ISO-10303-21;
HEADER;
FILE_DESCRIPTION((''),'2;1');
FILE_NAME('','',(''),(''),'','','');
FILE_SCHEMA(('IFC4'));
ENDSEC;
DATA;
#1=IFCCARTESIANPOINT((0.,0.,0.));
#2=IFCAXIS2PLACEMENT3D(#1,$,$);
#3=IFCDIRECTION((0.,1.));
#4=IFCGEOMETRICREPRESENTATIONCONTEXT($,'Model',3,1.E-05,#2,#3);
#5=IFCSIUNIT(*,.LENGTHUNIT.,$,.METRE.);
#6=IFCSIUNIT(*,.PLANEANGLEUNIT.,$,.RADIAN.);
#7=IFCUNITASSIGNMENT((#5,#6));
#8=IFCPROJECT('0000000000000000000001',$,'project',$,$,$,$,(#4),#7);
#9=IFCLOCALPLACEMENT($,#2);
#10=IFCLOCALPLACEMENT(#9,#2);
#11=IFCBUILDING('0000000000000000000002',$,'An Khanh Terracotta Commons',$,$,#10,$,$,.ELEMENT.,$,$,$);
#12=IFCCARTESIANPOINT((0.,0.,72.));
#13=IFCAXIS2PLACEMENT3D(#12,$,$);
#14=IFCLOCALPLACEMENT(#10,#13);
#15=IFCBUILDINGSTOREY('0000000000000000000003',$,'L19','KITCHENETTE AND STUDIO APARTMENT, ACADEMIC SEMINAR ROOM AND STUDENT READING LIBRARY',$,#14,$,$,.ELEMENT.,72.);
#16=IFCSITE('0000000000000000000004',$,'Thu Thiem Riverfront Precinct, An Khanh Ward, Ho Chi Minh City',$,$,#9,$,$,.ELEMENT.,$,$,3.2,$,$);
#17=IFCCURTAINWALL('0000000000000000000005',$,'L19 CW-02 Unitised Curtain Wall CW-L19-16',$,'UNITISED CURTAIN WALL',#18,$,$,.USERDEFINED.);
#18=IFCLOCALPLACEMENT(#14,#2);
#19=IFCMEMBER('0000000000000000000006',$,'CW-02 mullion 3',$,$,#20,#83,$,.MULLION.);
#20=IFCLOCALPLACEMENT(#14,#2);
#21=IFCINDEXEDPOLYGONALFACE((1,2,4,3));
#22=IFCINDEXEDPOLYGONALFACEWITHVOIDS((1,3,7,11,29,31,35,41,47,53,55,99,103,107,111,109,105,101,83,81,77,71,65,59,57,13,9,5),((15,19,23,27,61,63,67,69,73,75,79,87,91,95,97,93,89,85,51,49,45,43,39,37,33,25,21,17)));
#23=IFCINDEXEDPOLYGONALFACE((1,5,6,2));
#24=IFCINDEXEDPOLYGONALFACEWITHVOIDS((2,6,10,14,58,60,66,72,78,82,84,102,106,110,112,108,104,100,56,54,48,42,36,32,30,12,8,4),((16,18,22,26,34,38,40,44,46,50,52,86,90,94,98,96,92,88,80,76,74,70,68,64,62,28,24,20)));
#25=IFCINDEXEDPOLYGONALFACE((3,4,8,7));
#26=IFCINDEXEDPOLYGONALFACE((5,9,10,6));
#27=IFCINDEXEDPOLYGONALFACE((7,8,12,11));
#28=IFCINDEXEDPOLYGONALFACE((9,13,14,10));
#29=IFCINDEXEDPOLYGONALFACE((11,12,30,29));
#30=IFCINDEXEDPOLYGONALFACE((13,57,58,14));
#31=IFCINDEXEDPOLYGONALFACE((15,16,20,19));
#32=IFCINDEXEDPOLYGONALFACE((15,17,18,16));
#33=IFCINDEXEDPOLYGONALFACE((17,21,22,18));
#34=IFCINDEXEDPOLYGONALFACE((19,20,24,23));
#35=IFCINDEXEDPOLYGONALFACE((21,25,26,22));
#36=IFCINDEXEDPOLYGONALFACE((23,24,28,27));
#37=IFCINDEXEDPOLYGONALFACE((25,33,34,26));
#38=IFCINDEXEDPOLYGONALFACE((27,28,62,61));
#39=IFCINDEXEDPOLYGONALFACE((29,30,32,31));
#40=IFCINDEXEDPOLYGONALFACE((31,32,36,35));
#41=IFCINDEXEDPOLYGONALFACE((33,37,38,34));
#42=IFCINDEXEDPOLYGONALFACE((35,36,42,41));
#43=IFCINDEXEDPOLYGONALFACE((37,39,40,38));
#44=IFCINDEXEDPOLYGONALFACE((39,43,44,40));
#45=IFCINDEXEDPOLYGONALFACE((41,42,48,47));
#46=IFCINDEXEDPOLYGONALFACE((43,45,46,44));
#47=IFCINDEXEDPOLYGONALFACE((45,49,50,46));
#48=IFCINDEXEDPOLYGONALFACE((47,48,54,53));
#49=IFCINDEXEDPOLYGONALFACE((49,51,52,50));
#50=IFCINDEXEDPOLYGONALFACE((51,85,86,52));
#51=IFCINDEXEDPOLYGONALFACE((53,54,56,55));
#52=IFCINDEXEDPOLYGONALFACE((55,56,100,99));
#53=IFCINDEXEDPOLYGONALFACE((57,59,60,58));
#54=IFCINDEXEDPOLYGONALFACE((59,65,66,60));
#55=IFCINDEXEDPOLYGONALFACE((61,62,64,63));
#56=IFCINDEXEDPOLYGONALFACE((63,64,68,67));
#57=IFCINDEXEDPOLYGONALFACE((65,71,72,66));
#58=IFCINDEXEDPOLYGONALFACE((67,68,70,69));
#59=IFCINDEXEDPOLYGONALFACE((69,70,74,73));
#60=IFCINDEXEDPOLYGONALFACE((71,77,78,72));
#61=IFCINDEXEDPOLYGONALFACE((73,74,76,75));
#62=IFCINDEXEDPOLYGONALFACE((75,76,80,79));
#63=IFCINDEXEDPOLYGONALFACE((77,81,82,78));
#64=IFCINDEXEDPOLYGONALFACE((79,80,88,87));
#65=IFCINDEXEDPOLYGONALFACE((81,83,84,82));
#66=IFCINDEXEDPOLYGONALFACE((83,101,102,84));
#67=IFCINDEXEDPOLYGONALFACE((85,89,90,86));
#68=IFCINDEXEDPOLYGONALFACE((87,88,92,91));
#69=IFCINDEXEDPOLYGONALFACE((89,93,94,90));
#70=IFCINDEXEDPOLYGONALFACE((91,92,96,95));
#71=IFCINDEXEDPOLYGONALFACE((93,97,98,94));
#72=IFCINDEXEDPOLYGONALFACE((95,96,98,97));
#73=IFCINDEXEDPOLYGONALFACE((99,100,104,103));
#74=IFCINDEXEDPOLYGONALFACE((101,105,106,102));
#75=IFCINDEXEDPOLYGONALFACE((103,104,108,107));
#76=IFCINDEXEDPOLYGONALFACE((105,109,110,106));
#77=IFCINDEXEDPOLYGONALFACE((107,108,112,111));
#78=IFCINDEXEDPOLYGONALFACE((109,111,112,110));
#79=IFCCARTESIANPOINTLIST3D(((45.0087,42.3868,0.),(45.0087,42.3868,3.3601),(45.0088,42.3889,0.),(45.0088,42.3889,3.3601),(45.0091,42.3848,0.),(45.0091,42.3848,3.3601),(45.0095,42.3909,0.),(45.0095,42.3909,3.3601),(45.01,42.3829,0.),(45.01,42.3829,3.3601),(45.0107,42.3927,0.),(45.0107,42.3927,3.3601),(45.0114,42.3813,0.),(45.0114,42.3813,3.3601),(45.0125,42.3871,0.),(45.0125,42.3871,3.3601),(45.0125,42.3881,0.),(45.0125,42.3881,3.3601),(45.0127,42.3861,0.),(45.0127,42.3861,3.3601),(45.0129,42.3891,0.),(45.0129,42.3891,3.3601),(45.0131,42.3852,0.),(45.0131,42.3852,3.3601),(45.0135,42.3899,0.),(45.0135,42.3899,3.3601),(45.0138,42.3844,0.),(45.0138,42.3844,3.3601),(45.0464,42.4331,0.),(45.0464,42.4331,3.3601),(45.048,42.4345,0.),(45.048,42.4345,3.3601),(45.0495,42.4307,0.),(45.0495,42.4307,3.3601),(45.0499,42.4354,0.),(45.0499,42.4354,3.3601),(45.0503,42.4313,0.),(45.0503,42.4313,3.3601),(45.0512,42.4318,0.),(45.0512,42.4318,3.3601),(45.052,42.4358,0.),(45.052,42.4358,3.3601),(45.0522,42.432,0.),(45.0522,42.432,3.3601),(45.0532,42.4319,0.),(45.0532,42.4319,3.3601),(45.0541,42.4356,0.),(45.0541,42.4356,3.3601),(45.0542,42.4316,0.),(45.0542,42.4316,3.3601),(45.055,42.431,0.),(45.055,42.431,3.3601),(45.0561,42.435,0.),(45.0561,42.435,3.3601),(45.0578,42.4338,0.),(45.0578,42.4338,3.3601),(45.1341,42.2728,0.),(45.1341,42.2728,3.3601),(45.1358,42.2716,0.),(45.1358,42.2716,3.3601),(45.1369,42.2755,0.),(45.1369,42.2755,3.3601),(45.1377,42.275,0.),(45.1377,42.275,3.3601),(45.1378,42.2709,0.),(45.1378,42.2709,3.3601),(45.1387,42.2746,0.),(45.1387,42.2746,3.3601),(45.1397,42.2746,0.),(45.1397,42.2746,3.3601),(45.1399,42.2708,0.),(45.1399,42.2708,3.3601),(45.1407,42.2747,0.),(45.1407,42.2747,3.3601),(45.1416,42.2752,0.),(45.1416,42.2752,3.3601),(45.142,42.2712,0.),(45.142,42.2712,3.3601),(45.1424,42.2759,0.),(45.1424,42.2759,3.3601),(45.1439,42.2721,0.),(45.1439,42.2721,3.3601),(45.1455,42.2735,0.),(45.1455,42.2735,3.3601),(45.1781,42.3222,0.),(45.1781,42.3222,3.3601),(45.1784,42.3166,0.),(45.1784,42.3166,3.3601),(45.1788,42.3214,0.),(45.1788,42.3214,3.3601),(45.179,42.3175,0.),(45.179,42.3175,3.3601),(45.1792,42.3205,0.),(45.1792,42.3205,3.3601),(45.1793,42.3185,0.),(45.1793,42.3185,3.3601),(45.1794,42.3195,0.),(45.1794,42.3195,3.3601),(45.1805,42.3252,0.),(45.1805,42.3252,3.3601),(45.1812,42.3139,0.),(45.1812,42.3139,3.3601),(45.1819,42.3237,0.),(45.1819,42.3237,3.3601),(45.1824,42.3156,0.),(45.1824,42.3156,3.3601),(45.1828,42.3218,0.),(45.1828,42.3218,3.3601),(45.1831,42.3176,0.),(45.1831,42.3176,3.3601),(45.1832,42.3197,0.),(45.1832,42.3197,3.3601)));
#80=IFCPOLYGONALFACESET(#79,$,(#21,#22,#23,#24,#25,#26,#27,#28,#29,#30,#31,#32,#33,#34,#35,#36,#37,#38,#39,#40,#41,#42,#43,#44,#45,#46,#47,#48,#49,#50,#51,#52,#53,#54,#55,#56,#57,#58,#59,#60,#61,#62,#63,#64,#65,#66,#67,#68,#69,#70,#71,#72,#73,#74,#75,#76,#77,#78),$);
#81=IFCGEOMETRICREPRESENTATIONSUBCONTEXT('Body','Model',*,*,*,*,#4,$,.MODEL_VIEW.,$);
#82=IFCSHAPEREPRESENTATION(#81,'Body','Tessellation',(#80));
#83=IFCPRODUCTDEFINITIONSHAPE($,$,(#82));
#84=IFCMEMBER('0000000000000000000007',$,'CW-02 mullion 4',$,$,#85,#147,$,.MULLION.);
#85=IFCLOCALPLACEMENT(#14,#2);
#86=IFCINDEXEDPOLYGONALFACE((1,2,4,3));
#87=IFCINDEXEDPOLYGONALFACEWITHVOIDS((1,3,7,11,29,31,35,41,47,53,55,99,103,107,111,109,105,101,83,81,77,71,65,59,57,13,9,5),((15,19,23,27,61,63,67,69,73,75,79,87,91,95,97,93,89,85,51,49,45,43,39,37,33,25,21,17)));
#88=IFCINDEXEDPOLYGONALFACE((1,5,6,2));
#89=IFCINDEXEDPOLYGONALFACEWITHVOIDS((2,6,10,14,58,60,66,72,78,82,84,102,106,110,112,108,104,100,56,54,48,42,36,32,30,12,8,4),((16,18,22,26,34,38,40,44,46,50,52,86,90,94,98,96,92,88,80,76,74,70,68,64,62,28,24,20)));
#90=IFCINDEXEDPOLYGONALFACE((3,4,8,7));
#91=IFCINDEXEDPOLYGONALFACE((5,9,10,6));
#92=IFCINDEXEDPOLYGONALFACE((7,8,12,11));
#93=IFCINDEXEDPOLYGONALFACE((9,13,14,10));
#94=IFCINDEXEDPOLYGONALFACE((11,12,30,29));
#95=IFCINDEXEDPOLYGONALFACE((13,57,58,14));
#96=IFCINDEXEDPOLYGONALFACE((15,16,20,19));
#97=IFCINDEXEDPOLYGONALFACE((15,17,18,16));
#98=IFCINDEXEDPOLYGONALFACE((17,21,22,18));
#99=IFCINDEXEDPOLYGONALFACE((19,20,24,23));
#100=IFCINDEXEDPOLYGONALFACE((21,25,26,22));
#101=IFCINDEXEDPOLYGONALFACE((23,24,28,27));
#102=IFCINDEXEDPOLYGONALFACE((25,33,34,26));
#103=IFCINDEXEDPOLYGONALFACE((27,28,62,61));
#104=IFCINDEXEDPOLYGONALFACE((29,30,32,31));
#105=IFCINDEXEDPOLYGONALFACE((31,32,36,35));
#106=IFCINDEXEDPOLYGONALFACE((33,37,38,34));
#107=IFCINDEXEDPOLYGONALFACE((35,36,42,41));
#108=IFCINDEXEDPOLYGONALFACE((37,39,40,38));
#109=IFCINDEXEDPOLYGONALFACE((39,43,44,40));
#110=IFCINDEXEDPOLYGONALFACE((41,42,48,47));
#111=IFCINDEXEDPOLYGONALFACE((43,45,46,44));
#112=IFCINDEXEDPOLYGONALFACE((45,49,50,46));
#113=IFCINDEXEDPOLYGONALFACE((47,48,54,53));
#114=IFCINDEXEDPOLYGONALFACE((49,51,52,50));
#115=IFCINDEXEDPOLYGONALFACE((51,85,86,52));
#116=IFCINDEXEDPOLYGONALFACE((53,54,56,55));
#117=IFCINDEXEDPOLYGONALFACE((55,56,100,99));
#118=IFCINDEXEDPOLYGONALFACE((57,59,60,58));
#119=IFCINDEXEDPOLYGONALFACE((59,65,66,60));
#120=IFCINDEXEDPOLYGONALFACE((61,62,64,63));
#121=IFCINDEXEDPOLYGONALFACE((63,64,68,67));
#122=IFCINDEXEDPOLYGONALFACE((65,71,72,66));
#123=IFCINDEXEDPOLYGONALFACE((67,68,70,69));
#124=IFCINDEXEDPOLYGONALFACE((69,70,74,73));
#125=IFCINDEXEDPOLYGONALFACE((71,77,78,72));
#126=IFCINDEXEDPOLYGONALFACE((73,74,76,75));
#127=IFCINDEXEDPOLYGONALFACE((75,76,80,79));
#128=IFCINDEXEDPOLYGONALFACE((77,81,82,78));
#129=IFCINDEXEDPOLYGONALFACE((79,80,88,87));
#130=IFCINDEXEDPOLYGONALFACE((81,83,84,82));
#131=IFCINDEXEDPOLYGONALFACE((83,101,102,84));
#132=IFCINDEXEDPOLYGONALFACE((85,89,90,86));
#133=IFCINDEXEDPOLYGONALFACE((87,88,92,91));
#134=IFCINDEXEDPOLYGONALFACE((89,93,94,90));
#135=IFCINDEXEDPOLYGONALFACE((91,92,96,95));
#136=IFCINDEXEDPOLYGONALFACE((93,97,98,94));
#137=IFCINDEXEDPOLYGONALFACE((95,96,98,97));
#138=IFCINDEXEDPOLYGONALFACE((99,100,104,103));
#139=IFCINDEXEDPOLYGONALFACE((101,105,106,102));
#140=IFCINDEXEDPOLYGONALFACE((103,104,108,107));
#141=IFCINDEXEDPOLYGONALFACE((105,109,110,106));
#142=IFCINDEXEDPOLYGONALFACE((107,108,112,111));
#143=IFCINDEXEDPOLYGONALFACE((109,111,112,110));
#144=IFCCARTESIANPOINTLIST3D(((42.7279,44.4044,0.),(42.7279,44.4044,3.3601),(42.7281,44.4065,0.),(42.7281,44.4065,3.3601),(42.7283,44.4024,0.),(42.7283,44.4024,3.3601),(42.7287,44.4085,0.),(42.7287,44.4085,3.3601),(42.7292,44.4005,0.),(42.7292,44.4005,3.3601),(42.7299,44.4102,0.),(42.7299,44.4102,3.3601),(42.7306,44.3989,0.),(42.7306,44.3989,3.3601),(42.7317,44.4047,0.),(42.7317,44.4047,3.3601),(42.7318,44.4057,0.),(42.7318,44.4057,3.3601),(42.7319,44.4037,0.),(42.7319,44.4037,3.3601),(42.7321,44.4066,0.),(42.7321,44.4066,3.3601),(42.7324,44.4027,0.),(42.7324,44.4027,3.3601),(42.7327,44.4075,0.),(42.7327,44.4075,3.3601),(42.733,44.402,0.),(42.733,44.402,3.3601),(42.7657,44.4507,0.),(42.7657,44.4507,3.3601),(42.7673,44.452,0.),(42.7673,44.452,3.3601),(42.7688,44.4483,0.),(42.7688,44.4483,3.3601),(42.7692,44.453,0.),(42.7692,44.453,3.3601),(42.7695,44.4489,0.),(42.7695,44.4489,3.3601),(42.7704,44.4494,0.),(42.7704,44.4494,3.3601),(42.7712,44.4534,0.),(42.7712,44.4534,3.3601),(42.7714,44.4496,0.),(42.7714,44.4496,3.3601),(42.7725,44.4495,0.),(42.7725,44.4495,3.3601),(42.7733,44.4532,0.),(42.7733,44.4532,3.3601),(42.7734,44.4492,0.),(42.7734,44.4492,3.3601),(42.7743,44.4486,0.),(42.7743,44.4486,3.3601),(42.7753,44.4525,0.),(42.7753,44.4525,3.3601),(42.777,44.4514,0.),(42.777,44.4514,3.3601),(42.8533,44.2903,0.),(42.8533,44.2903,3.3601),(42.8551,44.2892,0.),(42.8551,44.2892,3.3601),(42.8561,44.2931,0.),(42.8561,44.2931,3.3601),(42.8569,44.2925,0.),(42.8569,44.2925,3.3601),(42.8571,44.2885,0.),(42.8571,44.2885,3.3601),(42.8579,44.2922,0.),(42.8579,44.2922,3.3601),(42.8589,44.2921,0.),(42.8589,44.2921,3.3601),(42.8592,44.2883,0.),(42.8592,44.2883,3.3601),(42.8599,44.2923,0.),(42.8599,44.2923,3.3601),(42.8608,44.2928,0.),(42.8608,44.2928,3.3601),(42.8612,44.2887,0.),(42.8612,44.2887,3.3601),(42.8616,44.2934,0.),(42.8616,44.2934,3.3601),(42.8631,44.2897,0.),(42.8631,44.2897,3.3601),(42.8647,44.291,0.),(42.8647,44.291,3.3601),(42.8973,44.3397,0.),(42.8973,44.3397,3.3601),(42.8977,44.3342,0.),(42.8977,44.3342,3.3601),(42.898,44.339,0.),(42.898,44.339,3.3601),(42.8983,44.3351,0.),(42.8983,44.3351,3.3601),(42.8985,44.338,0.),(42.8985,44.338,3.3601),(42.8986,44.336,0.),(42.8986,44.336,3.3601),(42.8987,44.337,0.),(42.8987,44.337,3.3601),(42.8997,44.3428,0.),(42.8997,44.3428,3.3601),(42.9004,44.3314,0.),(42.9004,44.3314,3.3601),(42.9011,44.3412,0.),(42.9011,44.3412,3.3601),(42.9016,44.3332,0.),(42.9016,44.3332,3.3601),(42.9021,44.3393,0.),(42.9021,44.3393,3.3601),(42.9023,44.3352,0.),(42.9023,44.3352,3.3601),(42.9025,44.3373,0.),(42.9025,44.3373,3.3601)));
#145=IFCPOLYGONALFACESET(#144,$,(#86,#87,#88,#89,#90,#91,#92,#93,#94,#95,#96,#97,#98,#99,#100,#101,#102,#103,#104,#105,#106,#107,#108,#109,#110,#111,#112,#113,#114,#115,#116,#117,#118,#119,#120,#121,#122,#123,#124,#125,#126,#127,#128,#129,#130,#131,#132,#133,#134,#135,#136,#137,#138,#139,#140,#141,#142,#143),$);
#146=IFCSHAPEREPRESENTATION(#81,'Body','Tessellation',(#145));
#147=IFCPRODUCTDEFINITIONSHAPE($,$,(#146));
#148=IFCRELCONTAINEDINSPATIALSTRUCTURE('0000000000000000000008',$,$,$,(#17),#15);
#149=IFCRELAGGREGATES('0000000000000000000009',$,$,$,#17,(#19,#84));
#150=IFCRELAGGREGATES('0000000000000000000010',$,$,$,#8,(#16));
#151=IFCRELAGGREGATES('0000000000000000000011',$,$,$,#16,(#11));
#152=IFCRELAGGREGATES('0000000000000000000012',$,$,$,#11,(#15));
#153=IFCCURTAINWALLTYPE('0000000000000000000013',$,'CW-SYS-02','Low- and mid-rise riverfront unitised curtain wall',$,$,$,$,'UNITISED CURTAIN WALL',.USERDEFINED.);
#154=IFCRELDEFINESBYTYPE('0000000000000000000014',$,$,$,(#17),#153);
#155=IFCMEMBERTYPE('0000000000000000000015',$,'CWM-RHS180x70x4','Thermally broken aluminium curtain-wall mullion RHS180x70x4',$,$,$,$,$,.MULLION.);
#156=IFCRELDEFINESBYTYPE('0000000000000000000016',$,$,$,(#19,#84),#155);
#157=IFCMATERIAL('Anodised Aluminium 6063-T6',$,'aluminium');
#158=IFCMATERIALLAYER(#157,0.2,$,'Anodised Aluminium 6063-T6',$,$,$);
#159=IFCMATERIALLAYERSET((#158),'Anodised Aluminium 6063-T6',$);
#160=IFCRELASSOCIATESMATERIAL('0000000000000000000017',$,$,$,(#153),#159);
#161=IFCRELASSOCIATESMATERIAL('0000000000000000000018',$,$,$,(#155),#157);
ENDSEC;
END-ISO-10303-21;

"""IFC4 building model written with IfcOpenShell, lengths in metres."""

from ifc_helpers import new_model, si_unit, direction, frame, origin, origin_2d, place, context, subcontext, project, spatial, hollow_rectangle, extrude, material, layer, layer_set, material_profile, profile_set, type_object, element, aggregate, save


model = new_model("IFC4")

# Units and contexts
model_context = context("Model", 3, precision=1e-05, world=origin(), true_north=direction((0.0, 1.0)))
body_context = subcontext(model_context, "Body", "Model", "MODEL_VIEW")
ifc_project = project(units=[si_unit("LENGTHUNIT", "METRE"), si_unit("PLANEANGLEUNIT", "RADIAN")], contexts=[model_context])

# Site, building, storey
site_placement = place(None, origin())
site = spatial("IfcSite", under=ifc_project, at=site_placement, Name="Thu Thiem Riverfront Precinct, An Khanh Ward, Ho Chi Minh City", CompositionType="ELEMENT", RefElevation=3.2)
building_placement = place(site_placement, origin())
building = spatial("IfcBuilding", under=site, at=building_placement, Name="An Khanh Terracotta Commons", CompositionType="ELEMENT")
storey_placement = place(building_placement, frame((0.0, 0.0, 72.0)))
storey = spatial("IfcBuildingStorey", under=building, at=storey_placement, Name="L19", Description="KITCHENETTE AND STUDIO APARTMENT, ACADEMIC SEMINAR ROOM AND STUDENT READING LIBRARY", CompositionType="ELEMENT", Elevation=72.0)

# Curtain wall, members
ifc_material_1 = material(Name="Anodised Aluminium 6063-T6", Category="aluminium")
ifc_layer_1 = layer(ifc_material_1, 0.2, Name="Anodised Aluminium 6063-T6")
ifc_layer_set_1 = layer_set([ifc_layer_1], Name="Anodised Aluminium 6063-T6")
curtain_wall_type = type_object("IfcCurtainWallType", Name="CW-SYS-02", Description="Low- and mid-rise riverfront unitised curtain wall", ElementType="UNITISED CURTAIN WALL", PredefinedType="USERDEFINED", material=ifc_layer_set_1)
curtain_wall_placement = place(storey_placement, origin())
curtain_wall = element("IfcCurtainWall", 1, at=curtain_wall_placement, inside=storey, type_object=curtain_wall_type, Name="L19 CW-02 Unitised Curtain Wall CW-L19-16", ObjectType="UNITISED CURTAIN WALL", PredefinedType="USERDEFINED")
ifc_material_profile_1 = material_profile(ifc_material_1, hollow_rectangle(XDim=0.0701, YDim=0.1799, WallThickness=0.0039, InnerFilletRadius=0.0039, OuterFilletRadius=0.0081, at=origin_2d()), Name="RHS180x70x4")
ifc_profile_set_1 = profile_set([ifc_material_profile_1], Name="Anodised Aluminium 6063-T6")
member_type_1 = type_object("IfcMemberType", Name="CWM-RHS180x70x4", Description="Thermally broken aluminium curtain-wall mullion RHS180x70x4", PredefinedType="MULLION", material=ifc_profile_set_1)
member_1_placement = place(storey_placement, frame((45.0959, 42.3533, 0.0), z_axis=(0.0, 0.0, 1.0), x_axis=(-0.662548, -0.749019, 0.0)))
member_1 = element("IfcMember", 2, at=member_1_placement, type_object=member_type_1, Name="CW-02 mullion 3", PredefinedType="MULLION", context=body_context, shape_type="SweptSolid", body=[
    extrude(hollow_rectangle(XDim=0.0701, YDim=0.1799, WallThickness=0.0039, InnerFilletRadius=0.0039, OuterFilletRadius=0.0081, at=origin_2d()), origin(), (0.0, 0.0, 1.0), 3.3601),
])
member_2_placement = place(storey_placement, frame((42.8152, 44.3708, 0.0), z_axis=(0.0, 0.0, 1.0), x_axis=(-0.662548, -0.749019, 0.0)))
member_2 = element("IfcMember", 3, at=member_2_placement, type_object=member_type_1, Name="CW-02 mullion 4", PredefinedType="MULLION", context=body_context, shape_type="SweptSolid", body=[
    extrude(hollow_rectangle(XDim=0.0701, YDim=0.1799, WallThickness=0.0039, InnerFilletRadius=0.0039, OuterFilletRadius=0.0081, at=origin_2d()), origin(), (0.0, 0.0, 1.0), 3.3601),
])
aggregate(curtain_wall, [member_1, member_2])

save(model, "model.ifc")
